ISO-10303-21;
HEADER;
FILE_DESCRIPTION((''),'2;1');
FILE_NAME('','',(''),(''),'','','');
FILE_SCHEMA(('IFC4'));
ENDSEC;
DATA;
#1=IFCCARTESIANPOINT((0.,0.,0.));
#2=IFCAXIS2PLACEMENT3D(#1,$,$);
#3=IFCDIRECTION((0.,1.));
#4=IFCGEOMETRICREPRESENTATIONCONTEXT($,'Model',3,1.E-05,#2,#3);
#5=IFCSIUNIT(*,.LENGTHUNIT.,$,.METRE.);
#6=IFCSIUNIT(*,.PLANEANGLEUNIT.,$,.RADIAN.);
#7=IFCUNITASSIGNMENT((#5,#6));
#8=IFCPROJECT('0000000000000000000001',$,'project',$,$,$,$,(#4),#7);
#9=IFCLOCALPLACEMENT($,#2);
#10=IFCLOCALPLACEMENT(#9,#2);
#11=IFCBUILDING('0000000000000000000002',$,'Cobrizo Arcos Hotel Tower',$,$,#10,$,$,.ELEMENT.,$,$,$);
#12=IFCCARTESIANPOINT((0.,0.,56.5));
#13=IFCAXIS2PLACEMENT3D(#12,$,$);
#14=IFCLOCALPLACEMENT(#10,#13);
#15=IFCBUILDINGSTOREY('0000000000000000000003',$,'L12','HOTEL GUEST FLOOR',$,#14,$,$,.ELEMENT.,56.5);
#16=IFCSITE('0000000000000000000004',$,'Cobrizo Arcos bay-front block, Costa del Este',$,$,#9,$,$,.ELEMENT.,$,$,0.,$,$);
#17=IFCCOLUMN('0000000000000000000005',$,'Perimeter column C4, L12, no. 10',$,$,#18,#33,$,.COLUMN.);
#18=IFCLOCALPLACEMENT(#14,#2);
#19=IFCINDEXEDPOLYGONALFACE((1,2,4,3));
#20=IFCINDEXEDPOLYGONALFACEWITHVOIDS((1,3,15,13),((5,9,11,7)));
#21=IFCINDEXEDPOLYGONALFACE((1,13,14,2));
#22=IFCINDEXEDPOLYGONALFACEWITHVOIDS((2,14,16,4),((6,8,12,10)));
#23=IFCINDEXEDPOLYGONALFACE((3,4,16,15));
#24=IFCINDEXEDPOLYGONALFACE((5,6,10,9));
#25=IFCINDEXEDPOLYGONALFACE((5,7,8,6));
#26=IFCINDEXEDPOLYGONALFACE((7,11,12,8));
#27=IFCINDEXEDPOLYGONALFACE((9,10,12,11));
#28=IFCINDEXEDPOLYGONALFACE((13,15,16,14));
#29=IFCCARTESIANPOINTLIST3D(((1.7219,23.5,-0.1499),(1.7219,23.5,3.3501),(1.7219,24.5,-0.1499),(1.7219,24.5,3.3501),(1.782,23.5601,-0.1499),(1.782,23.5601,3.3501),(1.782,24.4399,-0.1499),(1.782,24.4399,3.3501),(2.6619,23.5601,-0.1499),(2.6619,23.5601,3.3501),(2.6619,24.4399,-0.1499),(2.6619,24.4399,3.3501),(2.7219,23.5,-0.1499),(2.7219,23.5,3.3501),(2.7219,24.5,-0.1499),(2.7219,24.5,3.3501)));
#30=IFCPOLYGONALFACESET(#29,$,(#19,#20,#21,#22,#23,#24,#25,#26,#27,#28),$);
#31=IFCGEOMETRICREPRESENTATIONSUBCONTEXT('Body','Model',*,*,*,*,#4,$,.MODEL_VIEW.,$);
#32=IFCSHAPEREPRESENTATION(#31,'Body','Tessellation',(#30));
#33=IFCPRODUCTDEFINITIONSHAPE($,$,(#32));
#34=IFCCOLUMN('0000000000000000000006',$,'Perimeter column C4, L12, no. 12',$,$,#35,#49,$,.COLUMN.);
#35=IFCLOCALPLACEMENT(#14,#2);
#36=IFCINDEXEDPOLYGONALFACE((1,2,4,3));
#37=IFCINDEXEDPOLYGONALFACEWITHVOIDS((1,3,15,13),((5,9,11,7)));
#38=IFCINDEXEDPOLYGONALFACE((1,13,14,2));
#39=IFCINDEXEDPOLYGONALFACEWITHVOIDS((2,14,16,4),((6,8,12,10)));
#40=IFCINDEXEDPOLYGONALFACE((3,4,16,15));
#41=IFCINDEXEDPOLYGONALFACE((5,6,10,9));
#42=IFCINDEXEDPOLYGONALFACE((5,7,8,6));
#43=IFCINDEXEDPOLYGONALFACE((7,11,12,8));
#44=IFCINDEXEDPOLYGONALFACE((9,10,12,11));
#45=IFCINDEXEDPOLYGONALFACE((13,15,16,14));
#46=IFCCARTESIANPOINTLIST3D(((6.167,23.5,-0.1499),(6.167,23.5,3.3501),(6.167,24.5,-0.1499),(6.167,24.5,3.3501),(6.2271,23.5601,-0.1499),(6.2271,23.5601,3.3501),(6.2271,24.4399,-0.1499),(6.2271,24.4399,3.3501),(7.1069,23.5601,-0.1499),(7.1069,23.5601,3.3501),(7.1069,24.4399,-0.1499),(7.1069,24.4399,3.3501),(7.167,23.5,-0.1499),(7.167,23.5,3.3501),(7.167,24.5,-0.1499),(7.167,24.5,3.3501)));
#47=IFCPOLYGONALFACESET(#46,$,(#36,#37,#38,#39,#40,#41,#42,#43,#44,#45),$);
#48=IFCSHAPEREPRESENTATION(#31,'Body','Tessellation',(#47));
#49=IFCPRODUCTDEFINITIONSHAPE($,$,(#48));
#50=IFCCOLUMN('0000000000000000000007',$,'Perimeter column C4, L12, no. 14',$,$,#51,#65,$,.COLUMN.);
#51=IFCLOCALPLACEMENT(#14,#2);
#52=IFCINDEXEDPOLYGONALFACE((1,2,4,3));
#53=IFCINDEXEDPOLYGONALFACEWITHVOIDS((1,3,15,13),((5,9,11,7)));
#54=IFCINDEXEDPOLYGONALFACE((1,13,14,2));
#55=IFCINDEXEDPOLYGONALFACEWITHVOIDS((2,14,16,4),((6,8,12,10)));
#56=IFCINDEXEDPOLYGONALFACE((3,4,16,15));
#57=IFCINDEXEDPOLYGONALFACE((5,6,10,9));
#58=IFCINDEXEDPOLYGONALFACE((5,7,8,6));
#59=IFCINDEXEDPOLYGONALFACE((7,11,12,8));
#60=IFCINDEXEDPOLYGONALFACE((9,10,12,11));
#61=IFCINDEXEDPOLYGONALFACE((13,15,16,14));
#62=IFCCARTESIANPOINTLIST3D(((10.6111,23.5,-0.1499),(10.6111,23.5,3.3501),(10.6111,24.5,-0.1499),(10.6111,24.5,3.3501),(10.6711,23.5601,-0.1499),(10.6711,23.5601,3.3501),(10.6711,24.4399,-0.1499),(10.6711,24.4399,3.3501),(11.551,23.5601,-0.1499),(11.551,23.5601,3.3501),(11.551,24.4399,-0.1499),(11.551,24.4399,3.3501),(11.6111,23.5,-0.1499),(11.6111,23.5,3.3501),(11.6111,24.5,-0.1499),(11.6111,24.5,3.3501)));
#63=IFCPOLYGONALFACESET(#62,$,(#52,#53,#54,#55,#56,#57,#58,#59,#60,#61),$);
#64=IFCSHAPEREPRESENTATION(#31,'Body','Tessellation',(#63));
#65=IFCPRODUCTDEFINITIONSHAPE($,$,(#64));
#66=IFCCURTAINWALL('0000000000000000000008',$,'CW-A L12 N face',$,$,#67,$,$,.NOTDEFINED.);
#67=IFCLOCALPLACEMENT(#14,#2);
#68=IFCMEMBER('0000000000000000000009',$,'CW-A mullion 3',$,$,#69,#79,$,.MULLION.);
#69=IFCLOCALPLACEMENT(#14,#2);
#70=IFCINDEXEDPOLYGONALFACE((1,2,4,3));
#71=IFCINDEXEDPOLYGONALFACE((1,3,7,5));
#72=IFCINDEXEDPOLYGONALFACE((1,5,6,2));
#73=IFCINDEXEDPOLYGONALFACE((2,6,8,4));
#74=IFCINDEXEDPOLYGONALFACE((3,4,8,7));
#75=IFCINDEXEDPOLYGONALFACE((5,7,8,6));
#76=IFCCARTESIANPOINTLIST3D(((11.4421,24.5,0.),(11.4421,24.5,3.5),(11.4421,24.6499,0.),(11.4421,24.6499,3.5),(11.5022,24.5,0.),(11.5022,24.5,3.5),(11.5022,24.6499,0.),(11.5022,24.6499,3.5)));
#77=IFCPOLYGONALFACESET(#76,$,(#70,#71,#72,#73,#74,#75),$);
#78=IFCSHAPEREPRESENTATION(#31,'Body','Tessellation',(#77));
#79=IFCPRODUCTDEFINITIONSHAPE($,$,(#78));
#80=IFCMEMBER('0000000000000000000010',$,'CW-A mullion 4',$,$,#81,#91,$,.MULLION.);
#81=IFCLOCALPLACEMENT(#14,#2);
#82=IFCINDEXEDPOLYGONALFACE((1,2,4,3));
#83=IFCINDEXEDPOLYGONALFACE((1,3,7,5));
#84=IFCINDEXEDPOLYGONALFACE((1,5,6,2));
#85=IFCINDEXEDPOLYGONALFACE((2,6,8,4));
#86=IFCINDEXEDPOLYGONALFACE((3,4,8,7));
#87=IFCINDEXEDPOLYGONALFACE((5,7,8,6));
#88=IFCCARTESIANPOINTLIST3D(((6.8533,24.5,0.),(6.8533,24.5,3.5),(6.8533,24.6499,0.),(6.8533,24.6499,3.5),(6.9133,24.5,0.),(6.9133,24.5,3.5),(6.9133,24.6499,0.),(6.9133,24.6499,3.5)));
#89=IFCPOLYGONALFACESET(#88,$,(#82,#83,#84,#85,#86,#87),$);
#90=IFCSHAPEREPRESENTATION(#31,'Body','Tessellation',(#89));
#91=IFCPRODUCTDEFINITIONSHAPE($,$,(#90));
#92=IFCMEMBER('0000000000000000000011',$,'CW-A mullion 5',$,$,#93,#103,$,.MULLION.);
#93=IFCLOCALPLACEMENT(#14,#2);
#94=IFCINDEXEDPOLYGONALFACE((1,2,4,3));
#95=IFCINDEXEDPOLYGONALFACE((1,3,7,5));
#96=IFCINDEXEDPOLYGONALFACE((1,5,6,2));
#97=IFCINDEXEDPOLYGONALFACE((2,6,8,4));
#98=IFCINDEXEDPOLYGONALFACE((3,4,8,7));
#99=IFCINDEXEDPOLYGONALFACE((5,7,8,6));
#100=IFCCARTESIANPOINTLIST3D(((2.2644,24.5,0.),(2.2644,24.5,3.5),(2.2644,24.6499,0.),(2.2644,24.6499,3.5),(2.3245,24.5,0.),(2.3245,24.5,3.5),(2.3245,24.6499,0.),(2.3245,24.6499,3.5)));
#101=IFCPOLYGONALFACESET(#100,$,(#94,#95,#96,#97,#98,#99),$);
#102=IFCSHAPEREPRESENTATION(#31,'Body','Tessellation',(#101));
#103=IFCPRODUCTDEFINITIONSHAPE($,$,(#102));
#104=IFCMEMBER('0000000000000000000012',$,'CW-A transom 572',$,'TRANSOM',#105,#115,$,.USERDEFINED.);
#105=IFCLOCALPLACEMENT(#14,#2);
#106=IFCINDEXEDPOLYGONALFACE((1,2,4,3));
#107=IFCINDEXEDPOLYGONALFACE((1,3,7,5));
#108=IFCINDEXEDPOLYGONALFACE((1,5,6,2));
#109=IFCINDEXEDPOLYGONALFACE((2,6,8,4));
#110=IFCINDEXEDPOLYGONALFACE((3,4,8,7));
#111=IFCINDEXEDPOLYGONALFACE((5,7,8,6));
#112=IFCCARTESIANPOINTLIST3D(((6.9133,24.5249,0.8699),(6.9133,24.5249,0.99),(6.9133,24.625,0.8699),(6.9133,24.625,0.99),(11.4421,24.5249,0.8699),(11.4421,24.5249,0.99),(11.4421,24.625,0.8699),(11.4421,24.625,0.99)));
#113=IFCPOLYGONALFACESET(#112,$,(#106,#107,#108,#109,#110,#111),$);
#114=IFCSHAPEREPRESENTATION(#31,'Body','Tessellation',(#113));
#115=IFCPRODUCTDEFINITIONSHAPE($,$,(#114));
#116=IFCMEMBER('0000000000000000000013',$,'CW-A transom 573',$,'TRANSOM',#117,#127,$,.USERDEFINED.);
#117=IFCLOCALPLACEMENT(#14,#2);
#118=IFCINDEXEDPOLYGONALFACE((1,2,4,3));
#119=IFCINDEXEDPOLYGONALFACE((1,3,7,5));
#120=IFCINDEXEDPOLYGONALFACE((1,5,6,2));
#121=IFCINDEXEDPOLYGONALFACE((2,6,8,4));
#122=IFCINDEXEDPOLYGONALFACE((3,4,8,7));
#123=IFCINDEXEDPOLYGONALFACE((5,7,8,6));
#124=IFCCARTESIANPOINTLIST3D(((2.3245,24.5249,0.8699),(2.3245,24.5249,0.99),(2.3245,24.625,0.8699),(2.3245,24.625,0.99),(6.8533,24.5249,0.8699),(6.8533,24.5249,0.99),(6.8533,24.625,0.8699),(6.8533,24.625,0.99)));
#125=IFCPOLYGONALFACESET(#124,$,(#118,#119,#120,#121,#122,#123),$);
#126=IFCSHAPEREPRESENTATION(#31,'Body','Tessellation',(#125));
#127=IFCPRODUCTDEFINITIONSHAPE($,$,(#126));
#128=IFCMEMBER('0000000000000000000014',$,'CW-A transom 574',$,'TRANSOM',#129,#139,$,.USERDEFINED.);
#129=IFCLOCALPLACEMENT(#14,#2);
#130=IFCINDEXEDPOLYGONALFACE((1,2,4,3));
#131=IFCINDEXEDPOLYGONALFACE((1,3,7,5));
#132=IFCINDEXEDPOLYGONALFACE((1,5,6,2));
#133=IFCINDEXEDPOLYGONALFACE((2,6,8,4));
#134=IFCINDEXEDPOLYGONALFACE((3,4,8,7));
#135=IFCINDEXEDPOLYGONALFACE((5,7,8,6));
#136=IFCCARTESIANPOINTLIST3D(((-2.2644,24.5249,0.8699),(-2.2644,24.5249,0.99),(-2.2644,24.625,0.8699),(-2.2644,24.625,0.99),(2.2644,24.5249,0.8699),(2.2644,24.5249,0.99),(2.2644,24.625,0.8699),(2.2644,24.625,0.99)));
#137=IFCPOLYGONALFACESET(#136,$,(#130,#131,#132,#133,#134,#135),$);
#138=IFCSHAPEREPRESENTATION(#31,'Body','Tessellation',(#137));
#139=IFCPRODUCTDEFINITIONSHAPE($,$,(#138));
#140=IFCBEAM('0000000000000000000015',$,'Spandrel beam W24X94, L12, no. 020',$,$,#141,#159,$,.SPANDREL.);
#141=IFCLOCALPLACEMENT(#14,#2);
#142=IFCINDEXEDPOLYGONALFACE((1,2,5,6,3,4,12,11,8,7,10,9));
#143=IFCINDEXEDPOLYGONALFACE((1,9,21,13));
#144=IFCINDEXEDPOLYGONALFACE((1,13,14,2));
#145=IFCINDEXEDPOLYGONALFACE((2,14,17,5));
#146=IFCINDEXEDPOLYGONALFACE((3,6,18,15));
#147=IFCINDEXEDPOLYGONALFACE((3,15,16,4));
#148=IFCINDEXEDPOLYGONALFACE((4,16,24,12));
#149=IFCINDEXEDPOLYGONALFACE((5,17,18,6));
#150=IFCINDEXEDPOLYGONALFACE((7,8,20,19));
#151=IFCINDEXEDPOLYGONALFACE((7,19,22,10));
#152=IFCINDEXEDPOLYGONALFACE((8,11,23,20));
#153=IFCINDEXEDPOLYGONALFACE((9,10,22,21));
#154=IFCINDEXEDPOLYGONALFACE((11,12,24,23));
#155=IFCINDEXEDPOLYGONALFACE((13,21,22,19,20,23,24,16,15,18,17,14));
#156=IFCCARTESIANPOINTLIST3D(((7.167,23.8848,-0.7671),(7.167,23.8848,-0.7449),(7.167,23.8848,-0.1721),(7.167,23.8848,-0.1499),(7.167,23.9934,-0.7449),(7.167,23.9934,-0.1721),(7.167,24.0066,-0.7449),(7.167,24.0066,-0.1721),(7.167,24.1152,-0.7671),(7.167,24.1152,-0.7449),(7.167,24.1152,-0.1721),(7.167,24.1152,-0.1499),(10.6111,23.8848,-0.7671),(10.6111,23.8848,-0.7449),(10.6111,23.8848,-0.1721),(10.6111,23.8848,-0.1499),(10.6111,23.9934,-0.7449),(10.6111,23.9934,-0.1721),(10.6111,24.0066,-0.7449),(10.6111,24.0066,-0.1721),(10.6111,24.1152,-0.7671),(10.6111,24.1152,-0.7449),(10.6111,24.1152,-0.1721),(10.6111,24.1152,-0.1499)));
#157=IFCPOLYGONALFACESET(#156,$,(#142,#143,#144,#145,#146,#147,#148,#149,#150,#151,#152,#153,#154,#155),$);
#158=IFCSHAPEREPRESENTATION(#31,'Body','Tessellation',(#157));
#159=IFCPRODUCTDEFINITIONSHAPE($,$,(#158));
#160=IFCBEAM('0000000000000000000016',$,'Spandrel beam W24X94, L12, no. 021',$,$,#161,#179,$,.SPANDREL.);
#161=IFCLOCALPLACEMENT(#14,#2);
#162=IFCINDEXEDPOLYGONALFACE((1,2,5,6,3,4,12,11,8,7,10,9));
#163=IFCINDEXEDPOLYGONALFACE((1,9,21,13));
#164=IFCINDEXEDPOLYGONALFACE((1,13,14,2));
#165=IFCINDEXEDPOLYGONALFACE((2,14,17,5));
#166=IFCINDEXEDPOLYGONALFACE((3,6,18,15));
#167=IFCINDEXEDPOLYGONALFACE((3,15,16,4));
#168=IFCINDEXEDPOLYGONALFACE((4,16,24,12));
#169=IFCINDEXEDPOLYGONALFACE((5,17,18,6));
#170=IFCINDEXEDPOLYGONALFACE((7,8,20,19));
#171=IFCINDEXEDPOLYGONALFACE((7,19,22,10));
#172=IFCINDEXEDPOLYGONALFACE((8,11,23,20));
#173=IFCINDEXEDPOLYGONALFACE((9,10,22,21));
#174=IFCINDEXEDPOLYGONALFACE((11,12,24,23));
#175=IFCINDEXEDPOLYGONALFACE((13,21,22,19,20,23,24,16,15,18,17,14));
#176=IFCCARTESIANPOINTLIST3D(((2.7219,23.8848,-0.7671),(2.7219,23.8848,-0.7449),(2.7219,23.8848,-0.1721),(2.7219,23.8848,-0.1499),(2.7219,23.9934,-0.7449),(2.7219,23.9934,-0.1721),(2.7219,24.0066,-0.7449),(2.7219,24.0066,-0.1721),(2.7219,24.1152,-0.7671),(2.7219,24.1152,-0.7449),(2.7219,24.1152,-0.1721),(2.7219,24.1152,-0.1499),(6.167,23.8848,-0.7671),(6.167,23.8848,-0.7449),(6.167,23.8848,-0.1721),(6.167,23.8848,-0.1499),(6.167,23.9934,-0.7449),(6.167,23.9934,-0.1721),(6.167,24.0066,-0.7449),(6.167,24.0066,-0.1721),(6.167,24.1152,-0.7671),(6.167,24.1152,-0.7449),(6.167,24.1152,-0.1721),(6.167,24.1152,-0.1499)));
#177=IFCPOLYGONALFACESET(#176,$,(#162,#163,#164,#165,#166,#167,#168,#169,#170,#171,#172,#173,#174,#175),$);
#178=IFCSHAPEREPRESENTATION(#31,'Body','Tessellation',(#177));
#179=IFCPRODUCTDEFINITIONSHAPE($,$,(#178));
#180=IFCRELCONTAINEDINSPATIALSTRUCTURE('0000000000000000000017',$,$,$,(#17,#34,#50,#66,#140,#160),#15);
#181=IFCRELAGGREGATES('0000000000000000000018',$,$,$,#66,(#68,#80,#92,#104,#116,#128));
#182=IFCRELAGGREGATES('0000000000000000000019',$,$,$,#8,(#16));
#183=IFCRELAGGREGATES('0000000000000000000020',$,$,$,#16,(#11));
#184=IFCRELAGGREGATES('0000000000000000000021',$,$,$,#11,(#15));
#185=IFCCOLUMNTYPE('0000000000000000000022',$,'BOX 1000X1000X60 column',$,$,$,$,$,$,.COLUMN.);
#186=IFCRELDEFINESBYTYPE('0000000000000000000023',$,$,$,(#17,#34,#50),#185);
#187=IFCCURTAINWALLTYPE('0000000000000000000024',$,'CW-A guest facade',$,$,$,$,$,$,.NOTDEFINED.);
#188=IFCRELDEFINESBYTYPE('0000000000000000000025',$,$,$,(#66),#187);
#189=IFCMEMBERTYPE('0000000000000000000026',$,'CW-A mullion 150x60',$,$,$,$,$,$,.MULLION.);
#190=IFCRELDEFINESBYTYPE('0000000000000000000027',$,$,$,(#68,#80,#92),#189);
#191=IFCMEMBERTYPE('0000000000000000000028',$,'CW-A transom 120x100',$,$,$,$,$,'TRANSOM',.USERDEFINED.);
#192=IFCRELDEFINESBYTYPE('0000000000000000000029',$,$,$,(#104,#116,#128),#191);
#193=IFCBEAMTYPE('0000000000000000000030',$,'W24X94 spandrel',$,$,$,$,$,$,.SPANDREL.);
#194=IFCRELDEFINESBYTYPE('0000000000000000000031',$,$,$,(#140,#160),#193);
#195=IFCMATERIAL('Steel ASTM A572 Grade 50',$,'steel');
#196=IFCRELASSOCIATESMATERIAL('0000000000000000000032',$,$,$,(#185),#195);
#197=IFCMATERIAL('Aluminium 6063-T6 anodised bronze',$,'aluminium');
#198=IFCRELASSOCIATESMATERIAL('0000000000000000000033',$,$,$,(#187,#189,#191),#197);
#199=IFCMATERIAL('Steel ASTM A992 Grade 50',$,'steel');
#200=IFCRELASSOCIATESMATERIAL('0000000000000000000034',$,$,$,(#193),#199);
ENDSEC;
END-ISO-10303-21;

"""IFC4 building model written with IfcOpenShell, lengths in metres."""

from ifc_helpers import new_model, si_unit, direction, frame, origin, origin_2d, place, context, subcontext, project, spatial, rectangle, hollow_rectangle, i_section, extrude, material, material_profile, profile_set, type_object, element, aggregate, save


model = new_model("IFC4")

# Units and contexts
model_context = context("Model", 3, precision=1e-05, world=origin(), true_north=direction((0.0, 1.0)))
body_context = subcontext(model_context, "Body", "Model", "MODEL_VIEW")
ifc_project = project(units=[si_unit("LENGTHUNIT", "METRE"), si_unit("PLANEANGLEUNIT", "RADIAN")], contexts=[model_context])

# Site, building, storey
site_placement = place(None, origin())
site = spatial("IfcSite", under=ifc_project, at=site_placement, Name="Cobrizo Arcos bay-front block, Costa del Este", CompositionType="ELEMENT", RefElevation=0.0)
building_placement = place(site_placement, origin())
building = spatial("IfcBuilding", under=site, at=building_placement, Name="Cobrizo Arcos Hotel Tower", CompositionType="ELEMENT")
storey_placement = place(building_placement, frame((0.0, 0.0, 56.5)))
storey = spatial("IfcBuildingStorey", under=building, at=storey_placement, Name="L12", Description="HOTEL GUEST FLOOR", CompositionType="ELEMENT", Elevation=56.5)

# Columns
ifc_material_1 = material(Name="Steel ASTM A572 Grade 50", Category="steel")
ifc_material_profile_1 = material_profile(ifc_material_1, hollow_rectangle(XDim=1.0, YDim=1.0, WallThickness=0.0601, at=origin_2d()), Name="BOX 1000X1000X60")
ifc_profile_set_1 = profile_set([ifc_material_profile_1], Name="Steel ASTM A572 Grade 50")
column_type = type_object("IfcColumnType", Name="BOX 1000X1000X60 column", PredefinedType="COLUMN", material=ifc_profile_set_1)
for number, where, z_axis, x_axis, name in (
    (1, (2.2219, 24.0, -0.1499), (0.0, 0.0, 1.0), (1.0, 0.0, 0.0), "Perimeter column C4, L12, no. 10"),
    (2, (6.667, 24.0, -0.1499), (0.0, 0.0, 1.0), (1.0, 0.0, 0.0), "Perimeter column C4, L12, no. 12"),
    (3, (11.1111, 24.0, -0.1499), (0.0, 0.0, 1.0), (1.0, 0.0, 0.0), "Perimeter column C4, L12, no. 14"),
):
    element("IfcColumn", number, at=place(storey_placement, frame(where, z_axis=z_axis, x_axis=x_axis)), inside=storey, type_object=column_type, Name=name, PredefinedType="COLUMN", context=body_context, shape_type="SweptSolid", body=[
        extrude(hollow_rectangle(XDim=1.0, YDim=1.0, WallThickness=0.0601, at=origin_2d()), origin(), (0.0, 0.0, 1.0), 3.5),
    ])

# Curtain wall, members
ifc_material_2 = material(Name="Aluminium 6063-T6 anodised bronze", Category="aluminium")
curtain_wall_type = type_object("IfcCurtainWallType", Name="CW-A guest facade", PredefinedType="NOTDEFINED", material=ifc_material_2)
curtain_wall_placement = place(storey_placement, origin())
curtain_wall = element("IfcCurtainWall", 4, at=curtain_wall_placement, inside=storey, type_object=curtain_wall_type, Name="CW-A L12 N face", PredefinedType="NOTDEFINED")
ifc_material_profile_2 = material_profile(ifc_material_2, rectangle(XDim=0.1499, YDim=0.0601, at=origin_2d()), Name="CW-A mullion 150x60")
ifc_profile_set_2 = profile_set([ifc_material_profile_2], Name="Aluminium 6063-T6 anodised bronze")
member_type_1 = type_object("IfcMemberType", Name="CW-A mullion 150x60", PredefinedType="MULLION", material=ifc_profile_set_2)
member_1_placement = place(storey_placement, frame((11.4722, 24.575, 0.0), z_axis=(0.0, 0.0, 1.0), x_axis=(0.0, 1.0, 0.0)))
member_1 = element("IfcMember", 5, at=member_1_placement, type_object=member_type_1, Name="CW-A mullion 3", PredefinedType="MULLION", context=body_context, shape_type="SweptSolid", body=[
    extrude(rectangle(XDim=0.1499, YDim=0.0601, at=origin_2d()), origin(), (0.0, 0.0, 1.0), 3.5),
])
member_2_placement = place(storey_placement, frame((6.8833, 24.575, 0.0), z_axis=(0.0, 0.0, 1.0), x_axis=(0.0, 1.0, 0.0)))
member_2 = element("IfcMember", 6, at=member_2_placement, type_object=member_type_1, Name="CW-A mullion 4", PredefinedType="MULLION", context=body_context, shape_type="SweptSolid", body=[
    extrude(rectangle(XDim=0.1499, YDim=0.0601, at=origin_2d()), origin(), (0.0, 0.0, 1.0), 3.5),
])
member_3_placement = place(storey_placement, frame((2.2944, 24.575, 0.0), z_axis=(0.0, 0.0, 1.0), x_axis=(0.0, 1.0, 0.0)))
member_3 = element("IfcMember", 7, at=member_3_placement, type_object=member_type_1, Name="CW-A mullion 5", PredefinedType="MULLION", context=body_context, shape_type="SweptSolid", body=[
    extrude(rectangle(XDim=0.1499, YDim=0.0601, at=origin_2d()), origin(), (0.0, 0.0, 1.0), 3.5),
])
ifc_material_profile_3 = material_profile(ifc_material_2, rectangle(XDim=0.1001, YDim=0.1201, at=origin_2d()), Name="CW-A transom 120x100")
ifc_profile_set_3 = profile_set([ifc_material_profile_3], Name="Aluminium 6063-T6 anodised bronze")
member_type_2 = type_object("IfcMemberType", Name="CW-A transom 120x100", ElementType="TRANSOM", PredefinedType="USERDEFINED", material=ifc_profile_set_3)
member_4_placement = place(storey_placement, frame((11.4421, 24.575, 0.9299), z_axis=(-1.0, 0.0, 0.0), x_axis=(0.0, -1.0, 0.0)))
member_4 = element("IfcMember", 8, at=member_4_placement, type_object=member_type_2, Name="CW-A transom 572", ObjectType="TRANSOM", PredefinedType="USERDEFINED", context=body_context, shape_type="SweptSolid", body=[
    extrude(rectangle(XDim=0.1001, YDim=0.1201, at=origin_2d()), origin(), (0.0, 0.0, 1.0), 4.5288),
])
member_5_placement = place(storey_placement, frame((6.8533, 24.575, 0.9299), z_axis=(-1.0, 0.0, 0.0), x_axis=(0.0, -1.0, 0.0)))
member_5 = element("IfcMember", 9, at=member_5_placement, type_object=member_type_2, Name="CW-A transom 573", ObjectType="TRANSOM", PredefinedType="USERDEFINED", context=body_context, shape_type="SweptSolid", body=[
    extrude(rectangle(XDim=0.1001, YDim=0.1201, at=origin_2d()), origin(), (0.0, 0.0, 1.0), 4.5288),
])
member_6_placement = place(storey_placement, frame((2.2644, 24.575, 0.9299), z_axis=(-1.0, 0.0, 0.0), x_axis=(0.0, -1.0, 0.0)))
member_6 = element("IfcMember", 10, at=member_6_placement, type_object=member_type_2, Name="CW-A transom 574", ObjectType="TRANSOM", PredefinedType="USERDEFINED", context=body_context, shape_type="SweptSolid", body=[
    extrude(rectangle(XDim=0.1001, YDim=0.1201, at=origin_2d()), origin(), (0.0, 0.0, 1.0), 4.5288),
])

# Beams
ifc_material_3 = material(Name="Steel ASTM A992 Grade 50", Category="steel")
ifc_material_profile_4 = material_profile(ifc_material_3, i_section(OverallWidth=0.2305, OverallDepth=0.6172, WebThickness=0.0132, FlangeThickness=0.0222, at=origin_2d()), Name="W24X94")
ifc_profile_set_4 = profile_set([ifc_material_profile_4], Name="Steel ASTM A992 Grade 50")
beam_type = type_object("IfcBeamType", Name="W24X94 spandrel", PredefinedType="SPANDREL", material=ifc_profile_set_4)
beam_1_placement = place(storey_placement, frame((10.6111, 24.0, -0.4585), z_axis=(-1.0, 0.0, 0.0), x_axis=(0.0, -1.0, 0.0)))
element("IfcBeam", 11, at=beam_1_placement, inside=storey, type_object=beam_type, Name="Spandrel beam W24X94, L12, no. 020", PredefinedType="SPANDREL", context=body_context, shape_type="SweptSolid", body=[
    extrude(i_section(OverallWidth=0.2305, OverallDepth=0.6172, WebThickness=0.0132, FlangeThickness=0.0222, at=origin_2d()), origin(), (0.0, 0.0, 1.0), 3.4441),
])
beam_2_placement = place(storey_placement, frame((6.167, 24.0, -0.4585), z_axis=(-1.0, 0.0, 0.0), x_axis=(0.0, -1.0, 0.0)))
element("IfcBeam", 12, at=beam_2_placement, inside=storey, type_object=beam_type, Name="Spandrel beam W24X94, L12, no. 021", PredefinedType="SPANDREL", context=body_context, shape_type="SweptSolid", body=[
    extrude(i_section(OverallWidth=0.2305, OverallDepth=0.6172, WebThickness=0.0132, FlangeThickness=0.0222, at=origin_2d()), origin(), (0.0, 0.0, 1.0), 3.4451),
])

aggregate(curtain_wall, [member_1, member_2, member_3, member_4, member_5, member_6])

save(model, "model.ifc")
